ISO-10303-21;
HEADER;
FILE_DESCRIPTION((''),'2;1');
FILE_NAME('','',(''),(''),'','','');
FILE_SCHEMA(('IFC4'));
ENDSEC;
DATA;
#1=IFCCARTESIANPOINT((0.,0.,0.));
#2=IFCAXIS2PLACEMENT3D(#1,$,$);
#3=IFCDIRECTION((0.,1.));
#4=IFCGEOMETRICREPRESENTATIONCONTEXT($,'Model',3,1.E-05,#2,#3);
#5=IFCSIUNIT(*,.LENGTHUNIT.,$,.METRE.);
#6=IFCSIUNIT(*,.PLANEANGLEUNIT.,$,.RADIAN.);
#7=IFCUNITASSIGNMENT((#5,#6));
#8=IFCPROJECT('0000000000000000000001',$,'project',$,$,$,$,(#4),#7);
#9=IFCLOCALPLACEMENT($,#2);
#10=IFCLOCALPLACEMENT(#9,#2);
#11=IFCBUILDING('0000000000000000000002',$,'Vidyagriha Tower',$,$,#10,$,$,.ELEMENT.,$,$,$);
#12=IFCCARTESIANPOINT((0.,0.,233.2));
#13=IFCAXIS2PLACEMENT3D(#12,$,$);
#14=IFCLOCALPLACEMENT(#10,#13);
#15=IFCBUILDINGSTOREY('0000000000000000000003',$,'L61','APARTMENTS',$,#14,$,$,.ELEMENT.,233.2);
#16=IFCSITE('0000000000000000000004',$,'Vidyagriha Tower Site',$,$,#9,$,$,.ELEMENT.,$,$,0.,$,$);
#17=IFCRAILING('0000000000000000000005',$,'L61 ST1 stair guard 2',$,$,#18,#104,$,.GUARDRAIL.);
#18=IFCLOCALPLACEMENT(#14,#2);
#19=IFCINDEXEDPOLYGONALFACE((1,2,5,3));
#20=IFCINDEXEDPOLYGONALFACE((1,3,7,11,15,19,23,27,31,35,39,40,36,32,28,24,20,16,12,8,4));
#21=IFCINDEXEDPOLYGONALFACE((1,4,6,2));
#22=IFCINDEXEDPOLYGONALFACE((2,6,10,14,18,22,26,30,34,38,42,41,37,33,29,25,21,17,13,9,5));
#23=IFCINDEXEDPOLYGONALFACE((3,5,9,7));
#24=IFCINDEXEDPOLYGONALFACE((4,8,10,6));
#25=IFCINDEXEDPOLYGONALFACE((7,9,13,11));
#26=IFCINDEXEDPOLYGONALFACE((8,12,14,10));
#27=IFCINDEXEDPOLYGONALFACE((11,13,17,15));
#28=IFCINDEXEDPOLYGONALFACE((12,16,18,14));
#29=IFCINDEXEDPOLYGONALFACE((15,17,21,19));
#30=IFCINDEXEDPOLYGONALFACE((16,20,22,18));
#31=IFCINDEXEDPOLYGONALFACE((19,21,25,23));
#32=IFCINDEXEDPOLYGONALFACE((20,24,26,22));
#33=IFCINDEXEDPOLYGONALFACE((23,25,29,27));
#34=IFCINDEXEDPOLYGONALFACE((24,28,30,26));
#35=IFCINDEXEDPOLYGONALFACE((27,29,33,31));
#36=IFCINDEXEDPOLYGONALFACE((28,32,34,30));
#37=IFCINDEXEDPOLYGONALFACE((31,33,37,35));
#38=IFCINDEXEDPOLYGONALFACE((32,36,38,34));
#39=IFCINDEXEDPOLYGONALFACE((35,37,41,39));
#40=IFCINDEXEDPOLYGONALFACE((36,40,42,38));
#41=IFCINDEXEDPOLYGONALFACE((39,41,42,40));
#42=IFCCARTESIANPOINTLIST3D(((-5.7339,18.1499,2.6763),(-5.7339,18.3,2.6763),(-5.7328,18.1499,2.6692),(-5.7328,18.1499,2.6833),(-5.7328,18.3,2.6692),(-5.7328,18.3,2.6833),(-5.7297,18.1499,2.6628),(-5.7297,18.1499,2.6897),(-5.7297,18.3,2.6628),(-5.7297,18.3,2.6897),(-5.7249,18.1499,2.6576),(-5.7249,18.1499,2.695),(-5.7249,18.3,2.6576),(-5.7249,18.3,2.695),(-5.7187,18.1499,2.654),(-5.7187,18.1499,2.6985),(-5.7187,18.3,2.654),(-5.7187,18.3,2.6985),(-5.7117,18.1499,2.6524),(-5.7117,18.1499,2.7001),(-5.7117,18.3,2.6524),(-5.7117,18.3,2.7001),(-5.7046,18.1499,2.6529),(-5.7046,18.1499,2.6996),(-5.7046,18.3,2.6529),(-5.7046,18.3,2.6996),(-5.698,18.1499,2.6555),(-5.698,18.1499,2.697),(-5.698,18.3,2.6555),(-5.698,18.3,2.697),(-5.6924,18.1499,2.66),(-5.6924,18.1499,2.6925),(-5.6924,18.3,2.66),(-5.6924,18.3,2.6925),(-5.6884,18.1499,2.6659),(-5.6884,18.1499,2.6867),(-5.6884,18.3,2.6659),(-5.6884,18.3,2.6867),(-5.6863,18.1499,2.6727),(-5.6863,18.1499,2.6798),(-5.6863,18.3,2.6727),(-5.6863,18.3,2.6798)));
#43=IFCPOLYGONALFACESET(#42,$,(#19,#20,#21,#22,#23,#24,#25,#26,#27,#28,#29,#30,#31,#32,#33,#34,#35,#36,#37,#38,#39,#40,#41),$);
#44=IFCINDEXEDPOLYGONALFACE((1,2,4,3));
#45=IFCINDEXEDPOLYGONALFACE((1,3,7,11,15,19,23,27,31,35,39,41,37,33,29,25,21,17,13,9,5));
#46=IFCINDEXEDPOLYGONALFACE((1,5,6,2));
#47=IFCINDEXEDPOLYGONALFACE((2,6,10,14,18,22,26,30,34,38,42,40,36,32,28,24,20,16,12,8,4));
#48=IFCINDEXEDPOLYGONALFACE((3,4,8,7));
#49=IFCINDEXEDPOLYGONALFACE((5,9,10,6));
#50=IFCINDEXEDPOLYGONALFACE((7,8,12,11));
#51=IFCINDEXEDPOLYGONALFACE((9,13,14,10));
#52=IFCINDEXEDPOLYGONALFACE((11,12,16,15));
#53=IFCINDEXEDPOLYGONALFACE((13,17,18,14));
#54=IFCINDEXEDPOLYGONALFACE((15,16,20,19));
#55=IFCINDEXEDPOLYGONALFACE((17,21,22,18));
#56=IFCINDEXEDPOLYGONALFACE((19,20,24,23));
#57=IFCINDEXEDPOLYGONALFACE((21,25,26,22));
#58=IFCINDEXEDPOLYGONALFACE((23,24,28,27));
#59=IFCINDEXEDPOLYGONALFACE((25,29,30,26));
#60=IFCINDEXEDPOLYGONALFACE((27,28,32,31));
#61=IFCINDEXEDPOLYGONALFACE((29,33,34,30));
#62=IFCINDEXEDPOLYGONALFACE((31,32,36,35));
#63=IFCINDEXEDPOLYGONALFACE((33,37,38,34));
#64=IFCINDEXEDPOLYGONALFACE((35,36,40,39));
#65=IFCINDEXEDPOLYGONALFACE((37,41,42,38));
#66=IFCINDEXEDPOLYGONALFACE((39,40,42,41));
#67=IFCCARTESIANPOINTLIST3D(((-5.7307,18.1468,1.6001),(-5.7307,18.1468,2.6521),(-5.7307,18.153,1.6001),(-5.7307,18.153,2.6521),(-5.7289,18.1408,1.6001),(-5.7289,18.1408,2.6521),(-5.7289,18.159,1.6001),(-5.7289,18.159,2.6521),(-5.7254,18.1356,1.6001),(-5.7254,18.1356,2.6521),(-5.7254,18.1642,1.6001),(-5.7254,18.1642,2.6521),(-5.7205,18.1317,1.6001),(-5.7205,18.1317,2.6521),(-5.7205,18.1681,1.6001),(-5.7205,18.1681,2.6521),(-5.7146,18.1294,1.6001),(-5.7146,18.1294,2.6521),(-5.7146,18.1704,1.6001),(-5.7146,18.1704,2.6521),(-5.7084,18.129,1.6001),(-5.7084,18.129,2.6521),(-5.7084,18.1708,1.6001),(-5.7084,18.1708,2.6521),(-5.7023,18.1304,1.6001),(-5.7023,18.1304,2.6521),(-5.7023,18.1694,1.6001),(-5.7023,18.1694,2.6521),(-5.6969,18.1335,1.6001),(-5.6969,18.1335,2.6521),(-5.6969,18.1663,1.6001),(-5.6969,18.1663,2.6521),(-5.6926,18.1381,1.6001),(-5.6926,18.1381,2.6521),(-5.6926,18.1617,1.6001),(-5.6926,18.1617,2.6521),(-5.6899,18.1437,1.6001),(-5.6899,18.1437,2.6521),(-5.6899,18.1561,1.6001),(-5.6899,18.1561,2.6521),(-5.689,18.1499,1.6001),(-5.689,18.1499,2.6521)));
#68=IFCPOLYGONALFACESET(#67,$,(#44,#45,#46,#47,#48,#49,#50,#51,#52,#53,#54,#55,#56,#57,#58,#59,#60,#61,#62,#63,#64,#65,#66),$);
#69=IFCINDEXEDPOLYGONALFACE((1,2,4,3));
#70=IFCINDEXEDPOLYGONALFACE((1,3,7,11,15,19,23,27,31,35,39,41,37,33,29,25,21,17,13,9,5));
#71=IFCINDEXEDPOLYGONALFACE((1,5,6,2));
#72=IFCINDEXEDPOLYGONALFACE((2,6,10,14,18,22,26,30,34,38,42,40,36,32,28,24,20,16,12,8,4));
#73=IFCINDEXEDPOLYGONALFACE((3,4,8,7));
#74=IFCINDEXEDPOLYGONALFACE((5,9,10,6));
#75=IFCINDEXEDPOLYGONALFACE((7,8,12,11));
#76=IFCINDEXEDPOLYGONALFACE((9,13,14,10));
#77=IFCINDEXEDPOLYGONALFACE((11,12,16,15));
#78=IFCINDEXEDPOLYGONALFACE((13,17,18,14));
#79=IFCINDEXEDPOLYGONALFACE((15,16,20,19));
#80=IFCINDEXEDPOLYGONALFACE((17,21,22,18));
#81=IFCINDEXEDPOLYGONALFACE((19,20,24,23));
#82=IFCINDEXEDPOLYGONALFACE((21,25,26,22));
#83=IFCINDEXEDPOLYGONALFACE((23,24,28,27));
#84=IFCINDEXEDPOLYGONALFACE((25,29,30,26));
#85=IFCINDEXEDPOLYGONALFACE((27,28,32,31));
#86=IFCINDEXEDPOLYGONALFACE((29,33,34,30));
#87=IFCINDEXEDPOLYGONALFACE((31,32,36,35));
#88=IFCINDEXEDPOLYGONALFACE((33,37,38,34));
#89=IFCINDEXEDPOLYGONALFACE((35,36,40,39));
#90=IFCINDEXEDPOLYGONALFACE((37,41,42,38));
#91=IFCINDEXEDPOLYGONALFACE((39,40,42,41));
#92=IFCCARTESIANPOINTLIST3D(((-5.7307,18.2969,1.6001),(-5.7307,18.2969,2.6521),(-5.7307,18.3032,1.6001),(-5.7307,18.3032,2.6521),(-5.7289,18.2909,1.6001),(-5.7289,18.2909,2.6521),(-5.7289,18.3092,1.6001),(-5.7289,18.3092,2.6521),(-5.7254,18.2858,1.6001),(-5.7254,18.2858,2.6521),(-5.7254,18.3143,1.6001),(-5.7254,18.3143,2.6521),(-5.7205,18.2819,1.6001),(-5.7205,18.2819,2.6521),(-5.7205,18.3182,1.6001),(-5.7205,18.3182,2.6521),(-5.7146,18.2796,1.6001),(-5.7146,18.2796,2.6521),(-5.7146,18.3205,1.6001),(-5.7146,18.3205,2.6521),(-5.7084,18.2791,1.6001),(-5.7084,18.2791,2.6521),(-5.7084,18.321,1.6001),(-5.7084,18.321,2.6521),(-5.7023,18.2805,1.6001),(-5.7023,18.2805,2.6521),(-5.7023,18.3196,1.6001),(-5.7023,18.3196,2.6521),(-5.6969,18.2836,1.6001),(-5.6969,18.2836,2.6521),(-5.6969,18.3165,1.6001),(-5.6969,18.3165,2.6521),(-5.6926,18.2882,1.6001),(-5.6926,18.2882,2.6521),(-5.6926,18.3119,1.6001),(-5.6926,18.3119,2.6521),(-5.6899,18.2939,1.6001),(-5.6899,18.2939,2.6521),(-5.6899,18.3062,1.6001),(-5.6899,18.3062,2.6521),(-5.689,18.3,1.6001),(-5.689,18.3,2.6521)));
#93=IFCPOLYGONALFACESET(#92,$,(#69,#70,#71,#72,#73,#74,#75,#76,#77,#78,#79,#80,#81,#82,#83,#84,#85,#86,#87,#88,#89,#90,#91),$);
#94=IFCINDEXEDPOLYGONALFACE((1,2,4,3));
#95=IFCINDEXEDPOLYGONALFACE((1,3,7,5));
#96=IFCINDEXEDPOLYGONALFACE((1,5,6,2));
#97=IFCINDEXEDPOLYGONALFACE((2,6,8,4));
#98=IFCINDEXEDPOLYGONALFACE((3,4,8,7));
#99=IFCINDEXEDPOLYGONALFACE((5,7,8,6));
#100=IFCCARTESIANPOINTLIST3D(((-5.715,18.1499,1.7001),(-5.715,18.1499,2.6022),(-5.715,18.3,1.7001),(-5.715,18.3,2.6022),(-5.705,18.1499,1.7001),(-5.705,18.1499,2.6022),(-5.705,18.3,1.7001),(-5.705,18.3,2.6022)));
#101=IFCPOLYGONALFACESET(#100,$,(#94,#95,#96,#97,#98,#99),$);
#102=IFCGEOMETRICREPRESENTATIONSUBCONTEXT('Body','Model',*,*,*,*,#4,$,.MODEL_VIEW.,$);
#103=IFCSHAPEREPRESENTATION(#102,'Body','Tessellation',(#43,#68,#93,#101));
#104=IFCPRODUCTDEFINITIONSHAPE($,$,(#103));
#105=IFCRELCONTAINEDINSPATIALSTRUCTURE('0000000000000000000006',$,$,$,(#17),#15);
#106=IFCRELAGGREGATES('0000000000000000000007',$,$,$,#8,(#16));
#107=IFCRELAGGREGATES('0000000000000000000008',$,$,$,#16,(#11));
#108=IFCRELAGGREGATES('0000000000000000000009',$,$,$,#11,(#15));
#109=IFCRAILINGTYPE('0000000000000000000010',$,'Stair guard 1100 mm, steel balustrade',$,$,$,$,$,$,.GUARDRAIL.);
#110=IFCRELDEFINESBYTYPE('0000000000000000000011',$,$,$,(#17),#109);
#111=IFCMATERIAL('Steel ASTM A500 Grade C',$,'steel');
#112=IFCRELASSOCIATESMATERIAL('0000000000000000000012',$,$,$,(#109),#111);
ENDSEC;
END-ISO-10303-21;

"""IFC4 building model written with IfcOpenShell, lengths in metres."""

from ifc_helpers import new_model, si_unit, direction, frame, origin, origin_2d, place, context, subcontext, project, spatial, rectangle, circle, extrude, material, type_object, element, save


model = new_model("IFC4")

# Units and contexts
model_context = context("Model", 3, precision=1e-05, world=origin(), true_north=direction((0.0, 1.0)))
body_context = subcontext(model_context, "Body", "Model", "MODEL_VIEW")
ifc_project = project(units=[si_unit("LENGTHUNIT", "METRE"), si_unit("PLANEANGLEUNIT", "RADIAN")], contexts=[model_context])

# Site, building, storey
site_placement = place(None, origin())
site = spatial("IfcSite", under=ifc_project, at=site_placement, Name="Vidyagriha Tower Site", CompositionType="ELEMENT", RefElevation=0.0)
building_placement = place(site_placement, origin())
building = spatial("IfcBuilding", under=site, at=building_placement, Name="Vidyagriha Tower", CompositionType="ELEMENT")
storey_placement = place(building_placement, frame((0.0, 0.0, 233.2)))
storey = spatial("IfcBuildingStorey", under=building, at=storey_placement, Name="L61", Description="APARTMENTS", CompositionType="ELEMENT", Elevation=233.2)

# Railing
ifc_material_1 = material(Name="Steel ASTM A500 Grade C", Category="steel")
railing_type_1 = type_object("IfcRailingType", Name="Stair guard 1100 mm, steel balustrade", PredefinedType="GUARDRAIL", material=ifc_material_1)
railing_1_placement = place(storey_placement, frame((-5.71, 18.1499, 1.6001)))
element("IfcRailing", 1, at=railing_1_placement, inside=storey, type_object=railing_type_1, Name="L61 ST1 stair guard 2", PredefinedType="GUARDRAIL", context=body_context, shape_type="SweptSolid", body=[
    extrude(circle(Radius=0.0239, at=origin_2d()), frame((0.0, 0.0, 1.0762), z_axis=(0.0, 1.0, 0.0), x_axis=(-1.0, 0.0, 0.0)), (0.0, 0.0, 1.0), 0.1501),
    extrude(circle(Radius=0.021, at=origin_2d()), origin(), (0.0, 0.0, 1.0), 1.052),
    extrude(circle(Radius=0.021, at=origin_2d()), frame((0.0, 0.1501, 0.0)), (0.0, 0.0, 1.0), 1.052),
    extrude(rectangle(XDim=0.01, YDim=0.9021, at=origin_2d()), frame((0.0, 0.0, 0.551), z_axis=(0.0, 1.0, 0.0), x_axis=(-1.0, 0.0, 0.0)), (0.0, 0.0, 1.0), 0.1501),
])

save(model, "model.ifc")
